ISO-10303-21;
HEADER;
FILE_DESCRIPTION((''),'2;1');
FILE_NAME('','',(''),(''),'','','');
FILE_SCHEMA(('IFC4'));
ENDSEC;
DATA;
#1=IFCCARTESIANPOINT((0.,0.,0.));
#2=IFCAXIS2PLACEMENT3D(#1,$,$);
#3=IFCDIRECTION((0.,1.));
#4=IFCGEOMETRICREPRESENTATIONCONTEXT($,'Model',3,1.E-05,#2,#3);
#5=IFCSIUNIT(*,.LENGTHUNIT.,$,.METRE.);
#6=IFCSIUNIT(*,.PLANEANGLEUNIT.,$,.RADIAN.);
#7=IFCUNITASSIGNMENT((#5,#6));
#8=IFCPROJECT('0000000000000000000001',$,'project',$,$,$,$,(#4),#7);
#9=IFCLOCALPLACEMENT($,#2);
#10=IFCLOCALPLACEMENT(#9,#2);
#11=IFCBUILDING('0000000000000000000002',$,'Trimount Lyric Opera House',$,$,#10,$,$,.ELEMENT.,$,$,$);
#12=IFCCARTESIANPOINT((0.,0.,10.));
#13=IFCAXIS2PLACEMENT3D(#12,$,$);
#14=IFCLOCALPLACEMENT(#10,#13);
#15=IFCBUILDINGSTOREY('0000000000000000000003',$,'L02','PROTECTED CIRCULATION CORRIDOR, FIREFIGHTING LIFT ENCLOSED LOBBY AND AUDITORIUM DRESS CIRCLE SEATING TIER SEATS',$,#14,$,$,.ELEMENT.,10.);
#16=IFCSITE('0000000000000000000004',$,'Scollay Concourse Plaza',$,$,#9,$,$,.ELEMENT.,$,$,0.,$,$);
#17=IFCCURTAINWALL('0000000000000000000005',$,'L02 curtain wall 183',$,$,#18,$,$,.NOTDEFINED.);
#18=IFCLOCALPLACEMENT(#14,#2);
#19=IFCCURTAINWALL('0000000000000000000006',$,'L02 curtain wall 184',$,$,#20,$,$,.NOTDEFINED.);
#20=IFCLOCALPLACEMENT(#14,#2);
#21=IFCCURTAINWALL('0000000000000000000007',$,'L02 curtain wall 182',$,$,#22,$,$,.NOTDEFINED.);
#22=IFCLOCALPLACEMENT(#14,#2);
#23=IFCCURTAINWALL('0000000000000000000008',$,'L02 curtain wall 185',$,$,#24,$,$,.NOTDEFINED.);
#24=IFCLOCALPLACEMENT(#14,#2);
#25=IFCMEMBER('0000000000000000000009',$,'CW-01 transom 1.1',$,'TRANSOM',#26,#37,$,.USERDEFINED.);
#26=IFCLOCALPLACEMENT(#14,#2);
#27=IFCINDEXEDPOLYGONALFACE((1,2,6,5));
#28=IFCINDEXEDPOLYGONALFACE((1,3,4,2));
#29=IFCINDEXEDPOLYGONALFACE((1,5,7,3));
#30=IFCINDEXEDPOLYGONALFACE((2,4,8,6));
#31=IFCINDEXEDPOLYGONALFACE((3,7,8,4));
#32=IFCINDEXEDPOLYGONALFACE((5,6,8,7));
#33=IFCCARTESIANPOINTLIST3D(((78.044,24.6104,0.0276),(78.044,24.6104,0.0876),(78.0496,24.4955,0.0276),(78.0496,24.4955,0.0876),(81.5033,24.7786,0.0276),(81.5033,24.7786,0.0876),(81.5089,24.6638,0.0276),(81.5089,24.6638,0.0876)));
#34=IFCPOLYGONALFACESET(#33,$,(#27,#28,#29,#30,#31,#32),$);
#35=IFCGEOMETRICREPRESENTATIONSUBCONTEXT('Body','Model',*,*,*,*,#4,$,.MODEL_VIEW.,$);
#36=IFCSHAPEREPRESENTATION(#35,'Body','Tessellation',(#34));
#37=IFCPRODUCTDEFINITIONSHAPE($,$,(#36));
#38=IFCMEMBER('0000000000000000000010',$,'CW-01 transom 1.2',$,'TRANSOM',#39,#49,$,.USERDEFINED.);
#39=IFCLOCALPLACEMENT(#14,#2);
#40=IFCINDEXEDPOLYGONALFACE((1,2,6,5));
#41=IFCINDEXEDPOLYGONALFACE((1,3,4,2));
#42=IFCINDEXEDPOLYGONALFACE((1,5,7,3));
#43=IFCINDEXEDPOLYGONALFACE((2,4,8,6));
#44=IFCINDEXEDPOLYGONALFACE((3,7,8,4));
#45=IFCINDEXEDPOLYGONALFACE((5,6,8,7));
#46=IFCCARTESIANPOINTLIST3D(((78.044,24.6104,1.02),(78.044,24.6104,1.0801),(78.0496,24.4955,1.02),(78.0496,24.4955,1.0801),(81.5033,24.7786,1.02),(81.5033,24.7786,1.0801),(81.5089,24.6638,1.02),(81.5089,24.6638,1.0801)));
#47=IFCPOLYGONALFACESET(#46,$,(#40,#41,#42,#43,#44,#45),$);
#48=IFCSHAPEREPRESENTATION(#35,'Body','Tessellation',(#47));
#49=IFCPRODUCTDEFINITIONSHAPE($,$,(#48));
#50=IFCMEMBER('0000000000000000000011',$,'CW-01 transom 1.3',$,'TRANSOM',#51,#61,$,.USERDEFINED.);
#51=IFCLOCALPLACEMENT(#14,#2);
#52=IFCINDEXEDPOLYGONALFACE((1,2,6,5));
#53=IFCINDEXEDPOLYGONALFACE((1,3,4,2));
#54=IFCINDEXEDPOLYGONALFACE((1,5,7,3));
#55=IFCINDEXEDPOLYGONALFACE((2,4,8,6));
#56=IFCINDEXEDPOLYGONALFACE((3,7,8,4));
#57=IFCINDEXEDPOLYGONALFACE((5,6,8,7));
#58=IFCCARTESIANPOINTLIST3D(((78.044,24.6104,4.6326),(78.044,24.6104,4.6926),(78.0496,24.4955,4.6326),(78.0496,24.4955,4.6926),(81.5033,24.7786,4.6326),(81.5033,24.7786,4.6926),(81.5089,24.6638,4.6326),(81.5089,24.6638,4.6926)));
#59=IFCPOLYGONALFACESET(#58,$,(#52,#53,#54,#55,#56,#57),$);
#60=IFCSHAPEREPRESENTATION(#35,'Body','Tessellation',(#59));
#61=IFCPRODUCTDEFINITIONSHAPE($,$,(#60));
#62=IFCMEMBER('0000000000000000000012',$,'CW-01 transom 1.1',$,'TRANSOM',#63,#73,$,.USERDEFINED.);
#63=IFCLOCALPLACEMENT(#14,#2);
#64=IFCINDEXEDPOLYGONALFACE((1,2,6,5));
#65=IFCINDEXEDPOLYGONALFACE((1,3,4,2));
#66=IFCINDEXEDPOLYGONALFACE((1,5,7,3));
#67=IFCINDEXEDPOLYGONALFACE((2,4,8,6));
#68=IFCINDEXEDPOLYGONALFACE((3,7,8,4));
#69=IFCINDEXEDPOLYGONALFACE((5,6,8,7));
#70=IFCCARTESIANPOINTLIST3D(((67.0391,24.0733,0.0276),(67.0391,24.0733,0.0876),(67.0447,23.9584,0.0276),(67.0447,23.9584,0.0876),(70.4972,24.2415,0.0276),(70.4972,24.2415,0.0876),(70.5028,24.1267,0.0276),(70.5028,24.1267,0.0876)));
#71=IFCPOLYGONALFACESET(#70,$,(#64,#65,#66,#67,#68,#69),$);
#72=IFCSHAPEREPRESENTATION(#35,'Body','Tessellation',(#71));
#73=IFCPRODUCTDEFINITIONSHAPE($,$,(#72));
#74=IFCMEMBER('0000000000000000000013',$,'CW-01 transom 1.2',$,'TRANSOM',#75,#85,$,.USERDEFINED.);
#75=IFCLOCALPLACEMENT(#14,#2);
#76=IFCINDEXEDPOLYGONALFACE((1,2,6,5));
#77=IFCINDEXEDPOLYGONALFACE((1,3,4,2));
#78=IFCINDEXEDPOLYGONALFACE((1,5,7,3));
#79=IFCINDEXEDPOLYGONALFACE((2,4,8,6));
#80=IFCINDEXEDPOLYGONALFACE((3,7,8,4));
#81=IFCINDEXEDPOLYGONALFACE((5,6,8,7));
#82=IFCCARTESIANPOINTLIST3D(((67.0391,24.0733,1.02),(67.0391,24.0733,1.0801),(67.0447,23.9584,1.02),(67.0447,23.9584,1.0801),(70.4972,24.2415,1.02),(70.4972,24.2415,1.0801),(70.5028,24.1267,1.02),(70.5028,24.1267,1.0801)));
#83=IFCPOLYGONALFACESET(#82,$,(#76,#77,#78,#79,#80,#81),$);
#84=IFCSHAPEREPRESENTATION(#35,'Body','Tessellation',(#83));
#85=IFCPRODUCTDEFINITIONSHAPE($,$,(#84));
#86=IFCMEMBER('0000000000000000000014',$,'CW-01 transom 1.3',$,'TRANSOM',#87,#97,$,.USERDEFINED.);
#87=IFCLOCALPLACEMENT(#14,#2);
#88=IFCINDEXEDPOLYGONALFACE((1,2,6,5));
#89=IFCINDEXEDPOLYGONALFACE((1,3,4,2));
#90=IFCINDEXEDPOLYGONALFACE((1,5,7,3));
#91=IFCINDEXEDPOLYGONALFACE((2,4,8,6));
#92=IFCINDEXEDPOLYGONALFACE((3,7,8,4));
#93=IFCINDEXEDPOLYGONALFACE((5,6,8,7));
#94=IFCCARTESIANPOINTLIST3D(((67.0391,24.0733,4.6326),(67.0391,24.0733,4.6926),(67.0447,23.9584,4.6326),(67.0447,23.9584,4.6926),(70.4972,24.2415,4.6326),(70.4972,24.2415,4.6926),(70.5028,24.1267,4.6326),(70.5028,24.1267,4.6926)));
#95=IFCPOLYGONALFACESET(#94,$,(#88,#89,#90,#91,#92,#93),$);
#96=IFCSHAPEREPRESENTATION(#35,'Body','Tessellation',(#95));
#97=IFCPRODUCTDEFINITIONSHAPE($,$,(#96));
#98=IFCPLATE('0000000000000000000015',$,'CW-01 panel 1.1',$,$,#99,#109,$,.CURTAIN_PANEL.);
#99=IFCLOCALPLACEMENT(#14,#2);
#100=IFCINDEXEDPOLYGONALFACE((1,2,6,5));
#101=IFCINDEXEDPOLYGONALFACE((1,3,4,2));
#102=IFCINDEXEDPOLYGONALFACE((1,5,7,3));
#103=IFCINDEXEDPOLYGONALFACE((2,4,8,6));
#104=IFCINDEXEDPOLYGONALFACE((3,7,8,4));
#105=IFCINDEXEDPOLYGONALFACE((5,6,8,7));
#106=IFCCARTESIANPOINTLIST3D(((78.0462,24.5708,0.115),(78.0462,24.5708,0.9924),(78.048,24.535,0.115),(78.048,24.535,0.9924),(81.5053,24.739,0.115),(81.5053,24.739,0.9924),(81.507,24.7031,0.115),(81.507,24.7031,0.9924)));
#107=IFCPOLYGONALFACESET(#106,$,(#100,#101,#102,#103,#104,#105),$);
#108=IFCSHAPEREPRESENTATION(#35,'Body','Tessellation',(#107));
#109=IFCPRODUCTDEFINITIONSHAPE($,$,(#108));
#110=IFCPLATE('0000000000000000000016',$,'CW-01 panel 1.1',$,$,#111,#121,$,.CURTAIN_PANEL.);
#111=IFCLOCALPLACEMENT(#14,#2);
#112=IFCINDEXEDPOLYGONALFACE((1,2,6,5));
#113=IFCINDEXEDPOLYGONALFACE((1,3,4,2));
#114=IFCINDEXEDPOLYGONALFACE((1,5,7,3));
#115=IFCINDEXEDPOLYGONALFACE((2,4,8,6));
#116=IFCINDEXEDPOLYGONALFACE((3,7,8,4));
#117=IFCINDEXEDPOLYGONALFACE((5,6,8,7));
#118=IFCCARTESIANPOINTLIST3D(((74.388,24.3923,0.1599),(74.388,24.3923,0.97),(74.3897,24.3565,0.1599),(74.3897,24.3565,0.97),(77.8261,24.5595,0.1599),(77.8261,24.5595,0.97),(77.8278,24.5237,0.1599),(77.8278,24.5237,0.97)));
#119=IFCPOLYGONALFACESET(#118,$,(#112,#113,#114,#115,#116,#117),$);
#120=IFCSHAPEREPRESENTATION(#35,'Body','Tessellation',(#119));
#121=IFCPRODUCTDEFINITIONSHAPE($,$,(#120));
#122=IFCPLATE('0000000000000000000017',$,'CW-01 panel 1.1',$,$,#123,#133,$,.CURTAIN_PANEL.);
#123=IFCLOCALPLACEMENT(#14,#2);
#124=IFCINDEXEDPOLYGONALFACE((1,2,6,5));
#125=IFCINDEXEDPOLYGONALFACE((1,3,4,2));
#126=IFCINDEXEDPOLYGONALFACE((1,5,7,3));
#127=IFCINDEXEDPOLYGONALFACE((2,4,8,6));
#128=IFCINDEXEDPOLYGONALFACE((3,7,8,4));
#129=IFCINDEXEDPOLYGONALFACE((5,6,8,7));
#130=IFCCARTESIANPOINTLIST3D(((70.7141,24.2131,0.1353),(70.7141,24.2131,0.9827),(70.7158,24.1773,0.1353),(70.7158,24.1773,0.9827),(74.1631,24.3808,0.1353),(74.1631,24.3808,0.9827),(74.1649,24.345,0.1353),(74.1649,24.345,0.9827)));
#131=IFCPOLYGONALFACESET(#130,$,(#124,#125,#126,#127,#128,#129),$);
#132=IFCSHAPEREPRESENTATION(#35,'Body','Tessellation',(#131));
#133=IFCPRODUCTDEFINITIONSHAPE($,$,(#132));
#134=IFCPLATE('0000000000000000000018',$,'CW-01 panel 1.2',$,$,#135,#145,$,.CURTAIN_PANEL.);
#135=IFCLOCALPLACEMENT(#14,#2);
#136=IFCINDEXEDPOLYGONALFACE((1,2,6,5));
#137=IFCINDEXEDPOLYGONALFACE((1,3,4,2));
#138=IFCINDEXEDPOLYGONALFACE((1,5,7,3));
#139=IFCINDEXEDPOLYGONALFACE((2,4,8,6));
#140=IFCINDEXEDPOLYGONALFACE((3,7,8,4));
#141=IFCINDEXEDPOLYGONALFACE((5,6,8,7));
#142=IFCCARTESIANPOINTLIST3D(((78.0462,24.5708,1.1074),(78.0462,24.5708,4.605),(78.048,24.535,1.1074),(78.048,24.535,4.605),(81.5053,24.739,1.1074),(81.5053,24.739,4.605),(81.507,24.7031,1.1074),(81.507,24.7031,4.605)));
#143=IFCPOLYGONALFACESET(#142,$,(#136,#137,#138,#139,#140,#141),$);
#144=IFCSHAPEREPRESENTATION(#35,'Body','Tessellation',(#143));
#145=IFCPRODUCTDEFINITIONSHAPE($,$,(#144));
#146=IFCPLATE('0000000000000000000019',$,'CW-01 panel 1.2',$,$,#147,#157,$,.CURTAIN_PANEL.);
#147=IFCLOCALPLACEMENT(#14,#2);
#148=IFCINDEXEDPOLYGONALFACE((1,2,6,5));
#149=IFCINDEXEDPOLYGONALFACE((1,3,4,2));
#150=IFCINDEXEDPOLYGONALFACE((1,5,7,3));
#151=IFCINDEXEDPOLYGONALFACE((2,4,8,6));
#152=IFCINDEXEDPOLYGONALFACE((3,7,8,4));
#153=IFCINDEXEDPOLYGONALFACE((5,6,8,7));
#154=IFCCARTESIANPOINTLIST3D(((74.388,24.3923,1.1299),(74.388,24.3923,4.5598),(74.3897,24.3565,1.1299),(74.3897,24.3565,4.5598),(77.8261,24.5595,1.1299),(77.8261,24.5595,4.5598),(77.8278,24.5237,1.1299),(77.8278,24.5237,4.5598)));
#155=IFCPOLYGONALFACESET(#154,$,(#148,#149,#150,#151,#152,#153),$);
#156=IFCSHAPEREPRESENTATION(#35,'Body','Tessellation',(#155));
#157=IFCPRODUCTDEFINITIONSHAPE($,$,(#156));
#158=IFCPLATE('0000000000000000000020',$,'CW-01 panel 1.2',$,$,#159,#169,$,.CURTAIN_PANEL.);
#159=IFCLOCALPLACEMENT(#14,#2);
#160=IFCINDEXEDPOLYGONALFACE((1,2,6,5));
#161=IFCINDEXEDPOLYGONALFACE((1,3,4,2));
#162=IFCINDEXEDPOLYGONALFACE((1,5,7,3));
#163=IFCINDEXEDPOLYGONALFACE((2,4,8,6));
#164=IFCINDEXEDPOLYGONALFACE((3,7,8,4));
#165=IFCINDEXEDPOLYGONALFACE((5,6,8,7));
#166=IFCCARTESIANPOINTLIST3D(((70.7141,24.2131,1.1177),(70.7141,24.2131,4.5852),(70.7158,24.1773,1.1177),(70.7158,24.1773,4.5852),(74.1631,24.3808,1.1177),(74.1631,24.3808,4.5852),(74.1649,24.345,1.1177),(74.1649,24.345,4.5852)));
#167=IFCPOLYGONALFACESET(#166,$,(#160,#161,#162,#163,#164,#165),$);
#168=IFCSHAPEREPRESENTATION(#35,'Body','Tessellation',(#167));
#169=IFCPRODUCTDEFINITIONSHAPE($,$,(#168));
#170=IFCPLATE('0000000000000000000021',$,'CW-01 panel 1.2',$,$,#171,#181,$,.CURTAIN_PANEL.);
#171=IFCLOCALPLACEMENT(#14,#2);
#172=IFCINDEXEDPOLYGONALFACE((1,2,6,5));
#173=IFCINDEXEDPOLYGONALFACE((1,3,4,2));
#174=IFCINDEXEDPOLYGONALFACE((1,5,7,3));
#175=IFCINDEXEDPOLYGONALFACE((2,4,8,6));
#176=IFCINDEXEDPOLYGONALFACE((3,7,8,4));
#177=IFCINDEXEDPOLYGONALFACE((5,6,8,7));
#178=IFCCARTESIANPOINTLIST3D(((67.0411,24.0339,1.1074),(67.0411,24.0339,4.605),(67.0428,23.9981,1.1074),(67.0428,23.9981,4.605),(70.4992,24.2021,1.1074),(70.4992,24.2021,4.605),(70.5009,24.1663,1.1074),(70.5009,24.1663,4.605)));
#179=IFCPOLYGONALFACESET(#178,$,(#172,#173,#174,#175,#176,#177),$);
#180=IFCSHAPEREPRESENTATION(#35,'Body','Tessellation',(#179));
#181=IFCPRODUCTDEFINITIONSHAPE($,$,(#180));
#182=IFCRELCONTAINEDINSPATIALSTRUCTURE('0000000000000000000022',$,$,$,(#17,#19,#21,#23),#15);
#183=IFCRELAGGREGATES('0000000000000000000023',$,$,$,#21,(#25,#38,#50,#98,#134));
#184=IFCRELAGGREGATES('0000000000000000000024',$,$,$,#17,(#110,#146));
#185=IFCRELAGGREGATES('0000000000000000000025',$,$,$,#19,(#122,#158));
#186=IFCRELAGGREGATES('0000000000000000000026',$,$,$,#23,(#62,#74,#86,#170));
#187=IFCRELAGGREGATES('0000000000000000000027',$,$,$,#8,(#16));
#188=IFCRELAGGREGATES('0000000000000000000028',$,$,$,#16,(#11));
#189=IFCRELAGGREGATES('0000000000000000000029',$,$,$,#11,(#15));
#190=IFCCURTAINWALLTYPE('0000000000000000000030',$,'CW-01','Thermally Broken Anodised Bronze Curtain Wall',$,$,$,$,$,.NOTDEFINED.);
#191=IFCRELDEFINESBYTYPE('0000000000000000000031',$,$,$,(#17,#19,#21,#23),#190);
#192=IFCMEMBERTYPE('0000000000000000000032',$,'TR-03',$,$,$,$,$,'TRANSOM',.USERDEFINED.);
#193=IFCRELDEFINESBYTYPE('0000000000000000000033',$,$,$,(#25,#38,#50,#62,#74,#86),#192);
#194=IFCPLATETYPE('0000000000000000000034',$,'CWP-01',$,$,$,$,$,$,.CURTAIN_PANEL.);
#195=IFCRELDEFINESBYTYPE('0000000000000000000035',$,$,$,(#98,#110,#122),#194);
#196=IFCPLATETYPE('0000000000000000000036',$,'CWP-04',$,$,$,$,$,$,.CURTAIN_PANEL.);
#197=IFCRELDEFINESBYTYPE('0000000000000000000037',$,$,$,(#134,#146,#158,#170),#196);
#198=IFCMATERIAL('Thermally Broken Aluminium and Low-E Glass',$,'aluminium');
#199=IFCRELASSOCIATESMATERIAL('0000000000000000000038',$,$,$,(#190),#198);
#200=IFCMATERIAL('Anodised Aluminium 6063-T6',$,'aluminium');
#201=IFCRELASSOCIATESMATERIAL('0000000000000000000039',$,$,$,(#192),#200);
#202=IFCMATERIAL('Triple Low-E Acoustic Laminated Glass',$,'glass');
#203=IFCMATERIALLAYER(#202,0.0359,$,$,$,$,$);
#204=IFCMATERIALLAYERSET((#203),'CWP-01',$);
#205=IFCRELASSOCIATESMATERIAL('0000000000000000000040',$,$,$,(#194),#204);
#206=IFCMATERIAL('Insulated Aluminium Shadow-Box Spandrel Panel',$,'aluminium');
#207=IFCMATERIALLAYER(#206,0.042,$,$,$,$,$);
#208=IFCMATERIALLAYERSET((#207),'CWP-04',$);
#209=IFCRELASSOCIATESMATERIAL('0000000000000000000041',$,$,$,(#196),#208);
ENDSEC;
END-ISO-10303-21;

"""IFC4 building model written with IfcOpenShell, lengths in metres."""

from ifc_helpers import new_model, si_unit, direction, frame, origin, origin_2d, place, context, subcontext, project, spatial, rectangle, extrude, material, layer, layer_set, material_profile, profile_set, type_object, element, aggregate, save


model = new_model("IFC4")

# Units and contexts
model_context = context("Model", 3, precision=1e-05, world=origin(), true_north=direction((0.0, 1.0)))
body_context = subcontext(model_context, "Body", "Model", "MODEL_VIEW")
ifc_project = project(units=[si_unit("LENGTHUNIT", "METRE"), si_unit("PLANEANGLEUNIT", "RADIAN")], contexts=[model_context])

# Site, building, storey
site_placement = place(None, origin())
site = spatial("IfcSite", under=ifc_project, at=site_placement, Name="Scollay Concourse Plaza", CompositionType="ELEMENT", RefElevation=0.0)
building_placement = place(site_placement, origin())
building = spatial("IfcBuilding", under=site, at=building_placement, Name="Trimount Lyric Opera House", CompositionType="ELEMENT")
storey_placement = place(building_placement, frame((0.0, 0.0, 10.0)))
storey = spatial("IfcBuildingStorey", under=building, at=storey_placement, Name="L02", Description="PROTECTED CIRCULATION CORRIDOR, FIREFIGHTING LIFT ENCLOSED LOBBY AND AUDITORIUM DRESS CIRCLE SEATING TIER SEATS", CompositionType="ELEMENT", Elevation=10.0)

# Curtain wall
ifc_material_1 = material(Name="Thermally Broken Aluminium and Low-E Glass", Category="aluminium")
curtain_wall_type = type_object("IfcCurtainWallType", Name="CW-01", Description="Thermally Broken Anodised Bronze Curtain Wall", PredefinedType="NOTDEFINED", material=ifc_material_1)
curtain_wall_1_placement = place(storey_placement, origin())
curtain_wall_1 = element("IfcCurtainWall", 1, at=curtain_wall_1_placement, inside=storey, type_object=curtain_wall_type, Name="L02 curtain wall 183", PredefinedType="NOTDEFINED")

# Curtain walls
curtain_wall_2_placement = place(storey_placement, origin())
curtain_wall_2 = element("IfcCurtainWall", 2, at=curtain_wall_2_placement, inside=storey, type_object=curtain_wall_type, Name="L02 curtain wall 184", PredefinedType="NOTDEFINED")
curtain_wall_3_placement = place(storey_placement, origin())
curtain_wall_3 = element("IfcCurtainWall", 3, at=curtain_wall_3_placement, inside=storey, type_object=curtain_wall_type, Name="L02 curtain wall 182", PredefinedType="NOTDEFINED")

# Curtain wall
curtain_wall_4_placement = place(storey_placement, origin())
curtain_wall_4 = element("IfcCurtainWall", 4, at=curtain_wall_4_placement, inside=storey, type_object=curtain_wall_type, Name="L02 curtain wall 185", PredefinedType="NOTDEFINED")

# Members
ifc_material_2 = material(Name="Anodised Aluminium 6063-T6", Category="aluminium")
ifc_material_profile_1 = material_profile(ifc_material_2, rectangle(XDim=0.115, YDim=0.0601, at=origin_2d()), Name="ALU-TRAN-60X115")
ifc_profile_set_1 = profile_set([ifc_material_profile_1], Name="Anodised Aluminium 6063-T6")
member_type_1 = type_object("IfcMemberType", Name="TR-03", ElementType="TRANSOM", PredefinedType="USERDEFINED", material=ifc_profile_set_1)
member_1_placement = place(storey_placement, frame((81.5061, 24.7212, 0.0576), z_axis=(-0.99882, -0.04857, 0.0), x_axis=(0.04857, -0.99882, 0.0)))
member_1 = element("IfcMember", 5, at=member_1_placement, type_object=member_type_1, Name="CW-01 transom 1.1", ObjectType="TRANSOM", PredefinedType="USERDEFINED", context=body_context, shape_type="SweptSolid", body=[
    extrude(rectangle(XDim=0.115, YDim=0.0601, at=origin_2d()), origin(), (0.0, 0.0, 1.0), 3.4634),
])
member_2_placement = place(storey_placement, frame((81.5061, 24.7212, 1.05), z_axis=(-0.99882, -0.04857, 0.0), x_axis=(0.04857, -0.99882, 0.0)))
member_2 = element("IfcMember", 6, at=member_2_placement, type_object=member_type_1, Name="CW-01 transom 1.2", ObjectType="TRANSOM", PredefinedType="USERDEFINED", context=body_context, shape_type="SweptSolid", body=[
    extrude(rectangle(XDim=0.115, YDim=0.0601, at=origin_2d()), origin(), (0.0, 0.0, 1.0), 3.4634),
])
member_3_placement = place(storey_placement, frame((81.5061, 24.7212, 4.6626), z_axis=(-0.99882, -0.04857, 0.0), x_axis=(0.04857, -0.99882, 0.0)))
member_3 = element("IfcMember", 7, at=member_3_placement, type_object=member_type_1, Name="CW-01 transom 1.3", ObjectType="TRANSOM", PredefinedType="USERDEFINED", context=body_context, shape_type="SweptSolid", body=[
    extrude(rectangle(XDim=0.115, YDim=0.0601, at=origin_2d()), origin(), (0.0, 0.0, 1.0), 3.4634),
])
member_4_placement = place(storey_placement, frame((70.5, 24.1841, 0.0576), z_axis=(-0.998819, -0.048587, 0.0), x_axis=(0.048587, -0.998819, 0.0)))
member_4 = element("IfcMember", 8, at=member_4_placement, type_object=member_type_1, Name="CW-01 transom 1.1", ObjectType="TRANSOM", PredefinedType="USERDEFINED", context=body_context, shape_type="SweptSolid", body=[
    extrude(rectangle(XDim=0.115, YDim=0.0601, at=origin_2d()), origin(), (0.0, 0.0, 1.0), 3.4622),
])
member_5_placement = place(storey_placement, frame((70.5, 24.1841, 1.05), z_axis=(-0.998819, -0.048587, 0.0), x_axis=(0.048587, -0.998819, 0.0)))
member_5 = element("IfcMember", 9, at=member_5_placement, type_object=member_type_1, Name="CW-01 transom 1.2", ObjectType="TRANSOM", PredefinedType="USERDEFINED", context=body_context, shape_type="SweptSolid", body=[
    extrude(rectangle(XDim=0.115, YDim=0.0601, at=origin_2d()), origin(), (0.0, 0.0, 1.0), 3.4622),
])
member_6_placement = place(storey_placement, frame((70.5, 24.1841, 4.6626), z_axis=(-0.998819, -0.048587, 0.0), x_axis=(0.048587, -0.998819, 0.0)))
member_6 = element("IfcMember", 10, at=member_6_placement, type_object=member_type_1, Name="CW-01 transom 1.3", ObjectType="TRANSOM", PredefinedType="USERDEFINED", context=body_context, shape_type="SweptSolid", body=[
    extrude(rectangle(XDim=0.115, YDim=0.0601, at=origin_2d()), origin(), (0.0, 0.0, 1.0), 3.4622),
])

# Plates
ifc_material_3 = material(Name="Triple Low-E Acoustic Laminated Glass", Category="glass")
ifc_layer_1 = layer(ifc_material_3, 0.0359)
ifc_layer_set_1 = layer_set([ifc_layer_1], Name="CWP-01")
plate_type_1 = type_object("IfcPlateType", Name="CWP-01", PredefinedType="CURTAIN_PANEL", material=ifc_layer_set_1)
plate_1_placement = place(storey_placement, frame((79.7766, 24.637, 0.115), z_axis=(0.0, 0.0, 1.0), x_axis=(-0.99882, -0.04856, 0.0)))
plate_1 = element("IfcPlate", 11, at=plate_1_placement, type_object=plate_type_1, Name="CW-01 panel 1.1", PredefinedType="CURTAIN_PANEL", context=body_context, shape_type="SweptSolid", body=[
    extrude(rectangle(XDim=3.4631, YDim=0.0359, at=origin_2d()), origin(), (0.0, 0.0, 1.0), 0.8774),
])
plate_2_placement = place(storey_placement, frame((76.1079, 24.458, 0.1599), z_axis=(0.0, 0.0, 1.0), x_axis=(-0.99882, -0.048573, 0.0)))
plate_2 = element("IfcPlate", 12, at=plate_2_placement, type_object=plate_type_1, Name="CW-01 panel 1.1", PredefinedType="CURTAIN_PANEL", context=body_context, shape_type="SweptSolid", body=[
    extrude(rectangle(XDim=3.4421, YDim=0.0359, at=origin_2d()), origin(), (0.0, 0.0, 1.0), 0.8101),
])
plate_3_placement = place(storey_placement, frame((72.4395, 24.2791, 0.1353), z_axis=(0.0, 0.0, 1.0), x_axis=(-0.99882, -0.04856, 0.0)))
plate_3 = element("IfcPlate", 13, at=plate_3_placement, type_object=plate_type_1, Name="CW-01 panel 1.1", PredefinedType="CURTAIN_PANEL", context=body_context, shape_type="SweptSolid", body=[
    extrude(rectangle(XDim=3.4531, YDim=0.0359, at=origin_2d()), origin(), (0.0, 0.0, 1.0), 0.8474),
])
ifc_material_4 = material(Name="Insulated Aluminium Shadow-Box Spandrel Panel", Category="aluminium")
ifc_layer_2 = layer(ifc_material_4, 0.042)
ifc_layer_set_2 = layer_set([ifc_layer_2], Name="CWP-04")
plate_type_2 = type_object("IfcPlateType", Name="CWP-04", PredefinedType="CURTAIN_PANEL", material=ifc_layer_set_2)
plate_4_placement = place(storey_placement, frame((79.7766, 24.637, 1.1074), z_axis=(0.0, 0.0, 1.0), x_axis=(-0.99882, -0.04856, 0.0)))
plate_4 = element("IfcPlate", 14, at=plate_4_placement, type_object=plate_type_2, Name="CW-01 panel 1.2", PredefinedType="CURTAIN_PANEL", context=body_context, shape_type="SweptSolid", body=[
    extrude(rectangle(XDim=3.4631, YDim=0.0359, at=origin_2d()), origin(), (0.0, 0.0, 1.0), 3.4976),
])
aggregate(curtain_wall_3, [member_1, member_2, member_3, plate_1, plate_4])
plate_5_placement = place(storey_placement, frame((76.1079, 24.458, 1.1299), z_axis=(0.0, 0.0, 1.0), x_axis=(-0.99882, -0.048573, 0.0)))
plate_5 = element("IfcPlate", 15, at=plate_5_placement, type_object=plate_type_2, Name="CW-01 panel 1.2", PredefinedType="CURTAIN_PANEL", context=body_context, shape_type="SweptSolid", body=[
    extrude(rectangle(XDim=3.4421, YDim=0.0359, at=origin_2d()), origin(), (0.0, 0.0, 1.0), 3.4299),
])
aggregate(curtain_wall_1, [plate_2, plate_5])
plate_6_placement = place(storey_placement, frame((72.4395, 24.2791, 1.1177), z_axis=(0.0, 0.0, 1.0), x_axis=(-0.99882, -0.04856, 0.0)))
plate_6 = element("IfcPlate", 16, at=plate_6_placement, type_object=plate_type_2, Name="CW-01 panel 1.2", PredefinedType="CURTAIN_PANEL", context=body_context, shape_type="SweptSolid", body=[
    extrude(rectangle(XDim=3.4531, YDim=0.0359, at=origin_2d()), origin(), (0.0, 0.0, 1.0), 3.4675),
])
aggregate(curtain_wall_2, [plate_3, plate_6])
plate_7_placement = place(storey_placement, frame((68.771, 24.1001, 1.1074), z_axis=(0.0, 0.0, 1.0), x_axis=(-0.99882, -0.048573, 0.0)))
plate_7 = element("IfcPlate", 17, at=plate_7_placement, type_object=plate_type_2, Name="CW-01 panel 1.2", PredefinedType="CURTAIN_PANEL", context=body_context, shape_type="SweptSolid", body=[
    extrude(rectangle(XDim=3.4622, YDim=0.0359, at=origin_2d()), origin(), (0.0, 0.0, 1.0), 3.4976),
])
aggregate(curtain_wall_4, [member_4, member_5, member_6, plate_7])

save(model, "model.ifc")
